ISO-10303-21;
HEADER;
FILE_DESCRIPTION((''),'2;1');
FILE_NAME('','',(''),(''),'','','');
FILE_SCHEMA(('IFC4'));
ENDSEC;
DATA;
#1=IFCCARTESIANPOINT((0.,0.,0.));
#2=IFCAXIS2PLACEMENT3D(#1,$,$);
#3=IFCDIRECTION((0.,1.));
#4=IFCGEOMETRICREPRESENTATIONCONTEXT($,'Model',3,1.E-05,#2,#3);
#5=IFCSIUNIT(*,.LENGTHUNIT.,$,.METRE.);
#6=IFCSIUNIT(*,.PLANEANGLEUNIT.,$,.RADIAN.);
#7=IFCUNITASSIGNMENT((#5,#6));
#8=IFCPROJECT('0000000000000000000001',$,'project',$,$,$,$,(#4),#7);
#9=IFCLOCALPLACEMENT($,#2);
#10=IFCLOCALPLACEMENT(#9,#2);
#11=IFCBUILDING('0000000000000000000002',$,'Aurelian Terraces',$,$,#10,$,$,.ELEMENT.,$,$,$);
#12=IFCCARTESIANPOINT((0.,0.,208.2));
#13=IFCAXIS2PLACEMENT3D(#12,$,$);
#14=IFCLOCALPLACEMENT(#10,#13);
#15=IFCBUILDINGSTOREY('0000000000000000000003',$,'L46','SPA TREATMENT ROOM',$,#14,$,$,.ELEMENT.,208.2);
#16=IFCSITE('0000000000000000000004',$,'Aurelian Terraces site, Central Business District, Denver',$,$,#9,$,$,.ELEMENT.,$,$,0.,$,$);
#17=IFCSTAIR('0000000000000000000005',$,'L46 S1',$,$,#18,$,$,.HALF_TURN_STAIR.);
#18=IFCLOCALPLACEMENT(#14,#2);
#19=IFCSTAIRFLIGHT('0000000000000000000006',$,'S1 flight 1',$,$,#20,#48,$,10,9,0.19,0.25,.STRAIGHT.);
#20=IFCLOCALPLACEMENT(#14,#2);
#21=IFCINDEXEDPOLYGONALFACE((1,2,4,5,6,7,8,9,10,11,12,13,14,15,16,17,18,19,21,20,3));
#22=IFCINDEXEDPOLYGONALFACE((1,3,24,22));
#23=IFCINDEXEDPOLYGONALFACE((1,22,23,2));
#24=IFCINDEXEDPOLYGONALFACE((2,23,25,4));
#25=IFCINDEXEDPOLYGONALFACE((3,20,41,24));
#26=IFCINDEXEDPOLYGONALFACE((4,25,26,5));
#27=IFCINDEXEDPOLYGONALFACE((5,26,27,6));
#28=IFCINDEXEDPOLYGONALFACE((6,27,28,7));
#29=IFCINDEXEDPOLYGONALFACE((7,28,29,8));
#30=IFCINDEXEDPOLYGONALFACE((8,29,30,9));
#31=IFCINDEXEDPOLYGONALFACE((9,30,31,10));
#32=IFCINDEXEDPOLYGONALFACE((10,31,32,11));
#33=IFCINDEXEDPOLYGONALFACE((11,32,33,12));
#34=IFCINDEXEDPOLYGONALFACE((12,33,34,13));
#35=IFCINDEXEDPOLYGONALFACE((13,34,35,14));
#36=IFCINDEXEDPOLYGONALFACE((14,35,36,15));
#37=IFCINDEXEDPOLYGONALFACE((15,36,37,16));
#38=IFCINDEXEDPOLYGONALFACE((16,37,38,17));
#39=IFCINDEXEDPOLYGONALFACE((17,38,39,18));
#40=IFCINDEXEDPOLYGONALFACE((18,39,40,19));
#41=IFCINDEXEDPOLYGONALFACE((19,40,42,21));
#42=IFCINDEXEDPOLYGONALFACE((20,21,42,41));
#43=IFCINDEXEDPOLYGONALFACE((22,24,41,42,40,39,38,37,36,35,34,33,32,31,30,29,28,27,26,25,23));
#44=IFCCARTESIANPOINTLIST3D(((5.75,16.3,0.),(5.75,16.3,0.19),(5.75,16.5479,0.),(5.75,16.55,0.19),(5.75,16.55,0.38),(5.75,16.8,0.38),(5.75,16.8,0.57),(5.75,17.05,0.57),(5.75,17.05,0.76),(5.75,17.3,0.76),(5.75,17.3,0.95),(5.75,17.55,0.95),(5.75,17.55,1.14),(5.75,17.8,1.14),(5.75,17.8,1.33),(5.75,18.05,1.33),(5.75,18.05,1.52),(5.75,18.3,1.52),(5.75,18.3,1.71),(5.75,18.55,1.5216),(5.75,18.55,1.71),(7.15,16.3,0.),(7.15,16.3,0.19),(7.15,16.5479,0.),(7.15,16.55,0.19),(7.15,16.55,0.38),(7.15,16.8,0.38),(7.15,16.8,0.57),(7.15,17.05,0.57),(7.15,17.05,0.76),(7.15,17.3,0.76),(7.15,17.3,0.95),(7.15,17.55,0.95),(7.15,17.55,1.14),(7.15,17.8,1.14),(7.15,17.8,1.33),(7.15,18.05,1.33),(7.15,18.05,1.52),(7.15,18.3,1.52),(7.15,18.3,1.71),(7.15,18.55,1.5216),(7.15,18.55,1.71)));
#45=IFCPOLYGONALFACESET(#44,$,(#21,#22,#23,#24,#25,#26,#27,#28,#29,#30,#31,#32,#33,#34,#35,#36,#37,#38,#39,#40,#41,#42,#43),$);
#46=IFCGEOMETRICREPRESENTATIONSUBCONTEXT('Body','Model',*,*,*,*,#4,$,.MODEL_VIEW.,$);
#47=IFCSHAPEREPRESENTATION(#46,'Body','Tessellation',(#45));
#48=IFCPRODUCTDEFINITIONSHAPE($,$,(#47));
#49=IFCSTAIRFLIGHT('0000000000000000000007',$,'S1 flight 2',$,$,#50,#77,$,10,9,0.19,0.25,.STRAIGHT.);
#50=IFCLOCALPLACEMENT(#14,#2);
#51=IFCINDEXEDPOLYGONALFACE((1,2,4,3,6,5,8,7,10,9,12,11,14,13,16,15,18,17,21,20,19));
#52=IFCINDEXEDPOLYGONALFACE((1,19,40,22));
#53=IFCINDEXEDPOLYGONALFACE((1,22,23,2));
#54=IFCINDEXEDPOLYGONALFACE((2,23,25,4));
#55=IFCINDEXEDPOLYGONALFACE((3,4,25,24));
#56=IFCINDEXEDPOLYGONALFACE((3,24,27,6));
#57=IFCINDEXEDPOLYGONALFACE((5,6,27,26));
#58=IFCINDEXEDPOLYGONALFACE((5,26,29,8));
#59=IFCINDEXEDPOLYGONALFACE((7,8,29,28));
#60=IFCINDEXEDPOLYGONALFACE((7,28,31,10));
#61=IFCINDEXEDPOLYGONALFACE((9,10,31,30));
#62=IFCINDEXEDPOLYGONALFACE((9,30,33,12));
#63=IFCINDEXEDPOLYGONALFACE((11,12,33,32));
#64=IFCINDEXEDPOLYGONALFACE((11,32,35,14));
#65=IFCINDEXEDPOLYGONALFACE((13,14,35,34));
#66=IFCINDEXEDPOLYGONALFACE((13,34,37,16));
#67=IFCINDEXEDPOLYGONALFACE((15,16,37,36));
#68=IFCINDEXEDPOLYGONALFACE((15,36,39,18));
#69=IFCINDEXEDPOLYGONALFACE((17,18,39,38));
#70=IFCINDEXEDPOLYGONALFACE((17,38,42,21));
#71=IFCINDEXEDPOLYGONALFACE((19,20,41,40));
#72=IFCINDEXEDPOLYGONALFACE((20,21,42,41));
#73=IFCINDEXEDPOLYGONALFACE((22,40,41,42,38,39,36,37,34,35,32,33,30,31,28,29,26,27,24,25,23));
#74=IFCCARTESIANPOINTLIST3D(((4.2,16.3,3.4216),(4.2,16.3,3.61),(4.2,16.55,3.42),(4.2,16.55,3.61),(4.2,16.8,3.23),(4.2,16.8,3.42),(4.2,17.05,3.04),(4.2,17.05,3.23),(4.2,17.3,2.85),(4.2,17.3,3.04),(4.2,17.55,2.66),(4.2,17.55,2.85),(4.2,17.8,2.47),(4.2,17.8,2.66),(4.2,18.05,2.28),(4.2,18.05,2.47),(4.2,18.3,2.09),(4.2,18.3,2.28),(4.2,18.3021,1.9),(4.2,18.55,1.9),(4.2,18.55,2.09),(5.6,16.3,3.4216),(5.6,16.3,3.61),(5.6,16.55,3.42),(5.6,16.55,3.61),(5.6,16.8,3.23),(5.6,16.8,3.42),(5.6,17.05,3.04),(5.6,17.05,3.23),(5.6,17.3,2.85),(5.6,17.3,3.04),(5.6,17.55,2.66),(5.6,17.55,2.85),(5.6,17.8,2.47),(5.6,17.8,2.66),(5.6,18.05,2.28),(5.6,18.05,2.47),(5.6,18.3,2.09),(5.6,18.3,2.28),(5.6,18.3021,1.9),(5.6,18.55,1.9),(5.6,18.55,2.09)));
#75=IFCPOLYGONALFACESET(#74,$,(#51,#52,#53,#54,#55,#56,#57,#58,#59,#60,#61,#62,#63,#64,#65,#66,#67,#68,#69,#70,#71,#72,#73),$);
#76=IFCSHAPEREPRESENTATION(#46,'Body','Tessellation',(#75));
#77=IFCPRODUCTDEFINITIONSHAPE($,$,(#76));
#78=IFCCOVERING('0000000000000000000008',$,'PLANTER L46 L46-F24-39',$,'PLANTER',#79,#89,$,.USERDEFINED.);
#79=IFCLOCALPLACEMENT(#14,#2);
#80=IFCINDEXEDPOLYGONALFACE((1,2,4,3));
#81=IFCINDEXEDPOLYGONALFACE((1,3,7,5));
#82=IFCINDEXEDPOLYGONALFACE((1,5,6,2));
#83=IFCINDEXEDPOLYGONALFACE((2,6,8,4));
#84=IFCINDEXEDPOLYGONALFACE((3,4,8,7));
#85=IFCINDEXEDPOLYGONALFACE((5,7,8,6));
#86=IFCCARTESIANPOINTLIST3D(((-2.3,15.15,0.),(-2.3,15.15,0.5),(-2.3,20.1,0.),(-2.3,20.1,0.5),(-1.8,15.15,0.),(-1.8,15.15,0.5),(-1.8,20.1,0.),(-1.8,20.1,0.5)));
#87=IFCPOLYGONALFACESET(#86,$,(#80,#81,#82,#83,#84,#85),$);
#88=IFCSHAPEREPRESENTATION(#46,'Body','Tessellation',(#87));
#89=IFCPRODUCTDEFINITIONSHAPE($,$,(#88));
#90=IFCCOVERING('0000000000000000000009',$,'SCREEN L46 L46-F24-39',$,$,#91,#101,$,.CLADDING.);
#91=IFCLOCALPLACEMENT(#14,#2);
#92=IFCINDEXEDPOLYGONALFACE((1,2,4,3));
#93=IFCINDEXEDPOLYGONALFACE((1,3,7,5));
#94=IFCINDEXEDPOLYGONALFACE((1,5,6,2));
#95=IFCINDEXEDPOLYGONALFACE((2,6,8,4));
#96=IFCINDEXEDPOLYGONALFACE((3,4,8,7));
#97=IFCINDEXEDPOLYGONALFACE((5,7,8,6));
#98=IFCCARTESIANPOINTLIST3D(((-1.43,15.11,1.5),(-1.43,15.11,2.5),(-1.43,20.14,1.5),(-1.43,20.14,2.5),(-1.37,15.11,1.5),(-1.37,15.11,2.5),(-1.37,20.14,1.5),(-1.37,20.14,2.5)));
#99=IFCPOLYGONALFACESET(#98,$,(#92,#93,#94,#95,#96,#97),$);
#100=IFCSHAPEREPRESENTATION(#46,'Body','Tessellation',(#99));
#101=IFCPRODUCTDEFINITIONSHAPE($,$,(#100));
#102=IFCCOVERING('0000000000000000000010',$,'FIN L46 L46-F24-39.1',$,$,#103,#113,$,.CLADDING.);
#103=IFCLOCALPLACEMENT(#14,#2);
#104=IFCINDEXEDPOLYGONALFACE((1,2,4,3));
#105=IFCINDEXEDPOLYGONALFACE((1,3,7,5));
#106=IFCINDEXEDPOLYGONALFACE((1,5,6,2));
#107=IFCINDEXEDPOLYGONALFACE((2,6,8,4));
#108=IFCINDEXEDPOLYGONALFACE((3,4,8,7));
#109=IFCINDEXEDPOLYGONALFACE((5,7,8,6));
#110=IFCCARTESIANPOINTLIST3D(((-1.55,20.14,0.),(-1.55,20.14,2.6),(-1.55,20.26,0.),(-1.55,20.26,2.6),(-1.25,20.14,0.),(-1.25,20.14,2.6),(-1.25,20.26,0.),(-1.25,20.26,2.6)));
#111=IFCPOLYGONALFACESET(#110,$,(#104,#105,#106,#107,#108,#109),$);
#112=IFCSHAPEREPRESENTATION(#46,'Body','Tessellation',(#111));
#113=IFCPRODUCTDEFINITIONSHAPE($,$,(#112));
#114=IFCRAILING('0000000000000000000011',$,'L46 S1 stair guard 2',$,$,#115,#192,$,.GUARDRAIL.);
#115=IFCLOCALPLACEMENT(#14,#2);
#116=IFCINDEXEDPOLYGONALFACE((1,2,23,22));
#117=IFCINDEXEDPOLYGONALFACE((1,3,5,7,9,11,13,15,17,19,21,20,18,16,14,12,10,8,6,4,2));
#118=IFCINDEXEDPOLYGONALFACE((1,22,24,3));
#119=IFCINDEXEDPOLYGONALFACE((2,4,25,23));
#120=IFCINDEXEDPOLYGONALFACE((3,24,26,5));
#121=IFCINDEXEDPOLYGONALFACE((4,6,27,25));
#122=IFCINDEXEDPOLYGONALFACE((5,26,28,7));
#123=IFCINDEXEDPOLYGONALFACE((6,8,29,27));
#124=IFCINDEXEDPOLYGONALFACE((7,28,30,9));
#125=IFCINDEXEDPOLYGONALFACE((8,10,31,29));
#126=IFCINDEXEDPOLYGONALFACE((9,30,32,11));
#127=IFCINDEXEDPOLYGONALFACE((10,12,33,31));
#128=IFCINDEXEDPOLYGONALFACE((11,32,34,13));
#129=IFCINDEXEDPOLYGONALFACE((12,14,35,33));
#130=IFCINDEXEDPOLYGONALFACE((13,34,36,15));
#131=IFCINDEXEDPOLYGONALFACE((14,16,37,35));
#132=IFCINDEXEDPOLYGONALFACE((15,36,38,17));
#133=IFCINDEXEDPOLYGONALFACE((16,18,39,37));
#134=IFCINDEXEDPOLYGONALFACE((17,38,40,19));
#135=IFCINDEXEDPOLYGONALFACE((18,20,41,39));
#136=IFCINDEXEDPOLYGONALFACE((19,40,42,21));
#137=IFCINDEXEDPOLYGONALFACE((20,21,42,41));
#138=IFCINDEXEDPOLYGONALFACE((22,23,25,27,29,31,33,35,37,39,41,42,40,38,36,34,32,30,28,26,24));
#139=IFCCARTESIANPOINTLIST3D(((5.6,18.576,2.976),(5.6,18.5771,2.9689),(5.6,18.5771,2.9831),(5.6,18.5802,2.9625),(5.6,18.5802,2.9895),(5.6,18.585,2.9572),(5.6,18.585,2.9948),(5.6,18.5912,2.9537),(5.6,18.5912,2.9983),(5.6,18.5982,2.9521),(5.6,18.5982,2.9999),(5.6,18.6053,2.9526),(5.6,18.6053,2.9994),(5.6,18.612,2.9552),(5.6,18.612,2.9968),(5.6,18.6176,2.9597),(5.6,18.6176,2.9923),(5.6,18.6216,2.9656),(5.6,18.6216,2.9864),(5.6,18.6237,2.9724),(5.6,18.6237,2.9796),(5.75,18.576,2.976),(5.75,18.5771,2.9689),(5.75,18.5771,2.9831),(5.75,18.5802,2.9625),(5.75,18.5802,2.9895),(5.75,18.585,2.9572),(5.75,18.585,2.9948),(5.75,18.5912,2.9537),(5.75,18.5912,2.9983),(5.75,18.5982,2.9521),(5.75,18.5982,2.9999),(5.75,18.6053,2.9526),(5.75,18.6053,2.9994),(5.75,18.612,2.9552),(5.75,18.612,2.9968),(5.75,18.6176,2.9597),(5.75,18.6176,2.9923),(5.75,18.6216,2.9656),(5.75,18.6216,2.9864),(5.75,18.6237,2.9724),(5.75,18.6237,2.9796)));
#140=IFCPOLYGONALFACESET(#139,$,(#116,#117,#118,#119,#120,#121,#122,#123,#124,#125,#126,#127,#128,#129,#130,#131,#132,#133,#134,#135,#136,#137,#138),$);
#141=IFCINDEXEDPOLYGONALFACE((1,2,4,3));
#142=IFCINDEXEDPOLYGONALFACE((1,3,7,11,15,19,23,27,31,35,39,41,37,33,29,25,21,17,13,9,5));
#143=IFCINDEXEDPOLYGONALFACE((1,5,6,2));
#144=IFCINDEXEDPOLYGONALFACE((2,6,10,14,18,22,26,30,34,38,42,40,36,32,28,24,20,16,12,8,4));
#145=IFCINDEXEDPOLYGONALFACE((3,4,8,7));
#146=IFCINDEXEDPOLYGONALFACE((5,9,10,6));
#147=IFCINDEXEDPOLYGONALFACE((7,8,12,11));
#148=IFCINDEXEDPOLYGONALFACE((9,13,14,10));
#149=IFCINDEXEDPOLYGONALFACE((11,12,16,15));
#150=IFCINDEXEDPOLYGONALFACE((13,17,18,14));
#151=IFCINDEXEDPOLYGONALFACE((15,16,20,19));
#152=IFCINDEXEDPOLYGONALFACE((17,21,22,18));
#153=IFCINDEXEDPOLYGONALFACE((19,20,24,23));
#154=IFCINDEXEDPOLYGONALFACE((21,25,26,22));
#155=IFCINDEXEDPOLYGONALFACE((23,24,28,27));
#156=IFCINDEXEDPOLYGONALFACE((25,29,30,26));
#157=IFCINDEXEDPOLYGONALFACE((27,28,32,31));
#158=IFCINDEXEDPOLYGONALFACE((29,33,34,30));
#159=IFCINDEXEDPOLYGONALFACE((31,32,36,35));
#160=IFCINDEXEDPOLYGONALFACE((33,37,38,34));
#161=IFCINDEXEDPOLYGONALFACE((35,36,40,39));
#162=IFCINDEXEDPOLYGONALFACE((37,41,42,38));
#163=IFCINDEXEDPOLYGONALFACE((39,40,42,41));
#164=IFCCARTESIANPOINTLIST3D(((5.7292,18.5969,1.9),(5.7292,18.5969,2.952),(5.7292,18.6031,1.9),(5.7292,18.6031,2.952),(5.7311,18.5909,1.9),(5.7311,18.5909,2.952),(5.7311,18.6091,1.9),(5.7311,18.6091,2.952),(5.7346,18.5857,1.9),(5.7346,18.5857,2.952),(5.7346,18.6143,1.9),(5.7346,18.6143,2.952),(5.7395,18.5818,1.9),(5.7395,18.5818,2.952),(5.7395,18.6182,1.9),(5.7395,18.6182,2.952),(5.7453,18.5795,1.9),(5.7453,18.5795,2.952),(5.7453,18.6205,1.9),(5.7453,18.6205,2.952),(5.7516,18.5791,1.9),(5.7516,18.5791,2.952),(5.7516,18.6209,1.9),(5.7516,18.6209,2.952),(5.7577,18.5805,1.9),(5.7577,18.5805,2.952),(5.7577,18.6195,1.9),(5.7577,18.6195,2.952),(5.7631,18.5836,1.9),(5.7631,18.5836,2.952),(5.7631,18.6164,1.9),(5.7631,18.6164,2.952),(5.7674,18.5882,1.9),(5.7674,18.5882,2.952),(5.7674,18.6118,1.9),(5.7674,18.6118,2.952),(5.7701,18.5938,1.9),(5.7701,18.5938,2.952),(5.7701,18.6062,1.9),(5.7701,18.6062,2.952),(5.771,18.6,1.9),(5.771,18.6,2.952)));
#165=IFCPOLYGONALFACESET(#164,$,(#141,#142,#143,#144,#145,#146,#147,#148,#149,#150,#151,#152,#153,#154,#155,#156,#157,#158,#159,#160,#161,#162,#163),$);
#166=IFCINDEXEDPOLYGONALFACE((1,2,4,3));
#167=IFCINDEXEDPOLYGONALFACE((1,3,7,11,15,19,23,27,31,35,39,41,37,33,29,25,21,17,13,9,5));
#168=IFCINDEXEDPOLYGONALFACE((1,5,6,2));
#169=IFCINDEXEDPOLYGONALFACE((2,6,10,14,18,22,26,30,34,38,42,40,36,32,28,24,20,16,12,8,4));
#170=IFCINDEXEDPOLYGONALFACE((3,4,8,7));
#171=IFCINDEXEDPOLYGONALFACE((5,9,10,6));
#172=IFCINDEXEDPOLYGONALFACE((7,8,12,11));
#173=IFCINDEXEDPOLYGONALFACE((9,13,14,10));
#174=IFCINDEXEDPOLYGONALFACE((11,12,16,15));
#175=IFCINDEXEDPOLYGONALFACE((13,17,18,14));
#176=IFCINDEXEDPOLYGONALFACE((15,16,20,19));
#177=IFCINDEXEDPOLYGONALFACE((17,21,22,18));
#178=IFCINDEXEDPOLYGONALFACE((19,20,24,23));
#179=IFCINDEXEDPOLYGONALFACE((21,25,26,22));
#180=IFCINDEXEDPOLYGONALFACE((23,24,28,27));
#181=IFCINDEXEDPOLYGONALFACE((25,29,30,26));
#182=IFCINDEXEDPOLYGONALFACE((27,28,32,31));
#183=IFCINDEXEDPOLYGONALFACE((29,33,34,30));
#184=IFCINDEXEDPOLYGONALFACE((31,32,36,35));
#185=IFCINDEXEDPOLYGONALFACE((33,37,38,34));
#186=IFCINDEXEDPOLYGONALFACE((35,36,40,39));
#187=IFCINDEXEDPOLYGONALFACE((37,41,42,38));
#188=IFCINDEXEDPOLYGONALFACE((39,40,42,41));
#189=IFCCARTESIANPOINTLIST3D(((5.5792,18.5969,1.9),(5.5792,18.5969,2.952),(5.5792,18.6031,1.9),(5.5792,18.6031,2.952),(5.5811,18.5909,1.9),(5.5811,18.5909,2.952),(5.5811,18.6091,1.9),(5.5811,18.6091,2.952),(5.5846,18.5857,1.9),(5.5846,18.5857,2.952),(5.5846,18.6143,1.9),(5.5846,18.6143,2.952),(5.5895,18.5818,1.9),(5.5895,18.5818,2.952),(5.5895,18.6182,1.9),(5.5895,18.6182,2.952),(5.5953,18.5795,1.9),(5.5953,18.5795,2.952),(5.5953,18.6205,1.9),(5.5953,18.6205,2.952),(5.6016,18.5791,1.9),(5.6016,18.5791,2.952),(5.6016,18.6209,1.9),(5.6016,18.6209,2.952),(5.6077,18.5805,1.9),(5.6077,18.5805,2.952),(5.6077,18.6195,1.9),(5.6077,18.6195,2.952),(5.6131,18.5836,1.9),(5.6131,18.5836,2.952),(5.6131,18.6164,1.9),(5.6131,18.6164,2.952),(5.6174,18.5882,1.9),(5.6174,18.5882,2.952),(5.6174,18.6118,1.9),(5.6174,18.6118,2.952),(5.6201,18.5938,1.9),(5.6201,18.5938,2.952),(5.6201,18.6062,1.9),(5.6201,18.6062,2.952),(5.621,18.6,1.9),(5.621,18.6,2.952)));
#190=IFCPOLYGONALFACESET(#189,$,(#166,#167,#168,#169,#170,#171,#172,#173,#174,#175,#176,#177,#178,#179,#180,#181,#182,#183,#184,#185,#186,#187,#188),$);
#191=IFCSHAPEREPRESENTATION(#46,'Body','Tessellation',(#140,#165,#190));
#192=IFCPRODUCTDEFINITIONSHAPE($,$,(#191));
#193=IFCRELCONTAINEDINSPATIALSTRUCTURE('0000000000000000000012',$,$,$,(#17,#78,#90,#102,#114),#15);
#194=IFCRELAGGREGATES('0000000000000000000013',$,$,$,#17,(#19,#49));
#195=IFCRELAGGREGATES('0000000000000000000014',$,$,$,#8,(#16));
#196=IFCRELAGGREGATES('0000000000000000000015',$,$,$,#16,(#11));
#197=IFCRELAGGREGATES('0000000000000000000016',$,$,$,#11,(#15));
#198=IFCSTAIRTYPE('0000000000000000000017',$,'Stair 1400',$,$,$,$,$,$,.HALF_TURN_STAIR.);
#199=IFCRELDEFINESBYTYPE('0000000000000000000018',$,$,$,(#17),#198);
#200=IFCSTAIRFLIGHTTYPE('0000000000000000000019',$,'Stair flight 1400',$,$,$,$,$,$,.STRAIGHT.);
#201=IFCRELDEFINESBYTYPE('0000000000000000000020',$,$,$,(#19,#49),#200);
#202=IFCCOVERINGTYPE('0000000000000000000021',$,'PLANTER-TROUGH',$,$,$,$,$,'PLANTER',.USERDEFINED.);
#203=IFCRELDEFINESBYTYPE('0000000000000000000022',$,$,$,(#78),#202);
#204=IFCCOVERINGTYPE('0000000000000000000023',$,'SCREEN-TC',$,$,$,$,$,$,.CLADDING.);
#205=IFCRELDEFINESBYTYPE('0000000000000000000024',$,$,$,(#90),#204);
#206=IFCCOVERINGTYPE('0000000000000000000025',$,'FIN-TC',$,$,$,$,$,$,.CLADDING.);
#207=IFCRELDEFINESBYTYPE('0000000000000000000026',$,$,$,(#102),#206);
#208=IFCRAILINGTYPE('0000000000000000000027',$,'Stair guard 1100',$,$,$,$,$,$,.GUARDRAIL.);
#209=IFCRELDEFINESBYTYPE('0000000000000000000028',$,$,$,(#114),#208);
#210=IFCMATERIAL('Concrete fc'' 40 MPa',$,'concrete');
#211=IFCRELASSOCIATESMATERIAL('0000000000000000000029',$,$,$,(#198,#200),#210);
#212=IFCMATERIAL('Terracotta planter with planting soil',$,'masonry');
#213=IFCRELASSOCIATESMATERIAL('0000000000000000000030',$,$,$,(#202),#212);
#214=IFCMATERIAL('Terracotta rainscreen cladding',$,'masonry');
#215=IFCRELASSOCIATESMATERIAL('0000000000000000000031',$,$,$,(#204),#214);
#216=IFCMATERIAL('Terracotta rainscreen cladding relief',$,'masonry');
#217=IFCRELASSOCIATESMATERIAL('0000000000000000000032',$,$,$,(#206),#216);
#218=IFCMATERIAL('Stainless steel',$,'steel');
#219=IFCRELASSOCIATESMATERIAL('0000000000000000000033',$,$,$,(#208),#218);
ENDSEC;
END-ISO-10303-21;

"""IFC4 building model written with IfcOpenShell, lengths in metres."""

from ifc_helpers import new_model, si_unit, direction, frame, origin, origin_2d, place, context, subcontext, project, spatial, polyline, rectangle, circle, outline, extrude, source, transform, mapped, material, type_object, element, aggregate, save


model = new_model("IFC4")

# Units and contexts
model_context = context("Model", 3, precision=1e-05, world=origin(), true_north=direction((0.0, 1.0)))
body_context = subcontext(model_context, "Body", "Model", "MODEL_VIEW")
ifc_project = project(units=[si_unit("LENGTHUNIT", "METRE"), si_unit("PLANEANGLEUNIT", "RADIAN")], contexts=[model_context])

# Site, building, storey
site_placement = place(None, origin())
site = spatial("IfcSite", under=ifc_project, at=site_placement, Name="Aurelian Terraces site, Central Business District, Denver", CompositionType="ELEMENT", RefElevation=0.0)
building_placement = place(site_placement, origin())
building = spatial("IfcBuilding", under=site, at=building_placement, Name="Aurelian Terraces", CompositionType="ELEMENT")
storey_placement = place(building_placement, frame((0.0, 0.0, 208.2)))
storey = spatial("IfcBuildingStorey", under=building, at=storey_placement, Name="L46", Description="SPA TREATMENT ROOM", CompositionType="ELEMENT", Elevation=208.2)

# Shared definitions
ifc_material_1 = material(Name="Terracotta rainscreen cladding", Category="masonry")

# Stair, stair flights
ifc_material_2 = material(Name="Concrete fc' 40 MPa", Category="concrete")
stair_type = type_object("IfcStairType", Name="Stair 1400", PredefinedType="HALF_TURN_STAIR", material=ifc_material_2)
stair_placement = place(storey_placement, origin())
stair = element("IfcStair", 1, at=stair_placement, inside=storey, type_object=stair_type, Name="L46 S1", PredefinedType="HALF_TURN_STAIR")
stair_flight_type = type_object("IfcStairFlightType", Name="Stair flight 1400", PredefinedType="STRAIGHT", material=ifc_material_2)
shared_shape_1 = source(origin(), body_context, "Body", "SweptSolid", [
    extrude(outline(polyline([(0.0, 0.0), (0.0, 0.19), (0.25, 0.19), (0.25, 0.38), (0.5, 0.38), (0.5, 0.57), (0.75, 0.57), (0.75, 0.76), (1.0, 0.76), (1.0, 0.95), (1.25, 0.95), (1.25, 1.14), (1.5, 1.14), (1.5, 1.33), (1.75, 1.33), (1.75, 1.52), (2.0, 1.52), (2.0, 1.71), (2.25, 1.71), (2.25, 1.9), (2.25, 1.5216), (0.2479, 0.0), (0.0, 0.0)])), frame((0.0, 0.7, 0.0), z_axis=(0.0, -1.0, 0.0), x_axis=(1.0, 0.0, 0.0)), (0.0, 0.0, 1.0), 1.4),
])
stair_flight_1_placement = place(storey_placement, frame((6.45, 16.3, 0.0), z_axis=(0.0, 0.0, 1.0), x_axis=(0.0, 1.0, 0.0)))
stair_flight_1 = element("IfcStairFlight", 2, at=stair_flight_1_placement, type_object=stair_flight_type, Name="S1 flight 1", NumberOfRisers=10, NumberOfTreads=9, PredefinedType="STRAIGHT", RiserHeight=0.19, TreadLength=0.25, context=body_context, shape_type="MappedRepresentation", body=[
    mapped(shared_shape_1, transform((0.0, 0.0, 0.0), scale=1.0)),
])
stair_flight_2_placement = place(storey_placement, frame((4.9, 18.55, 1.9), z_axis=(0.0, 0.0, 1.0), x_axis=(0.0, -1.0, 0.0)))
stair_flight_2 = element("IfcStairFlight", 3, at=stair_flight_2_placement, type_object=stair_flight_type, Name="S1 flight 2", NumberOfRisers=10, NumberOfTreads=9, PredefinedType="STRAIGHT", RiserHeight=0.19, TreadLength=0.25, context=body_context, shape_type="MappedRepresentation", body=[
    mapped(shared_shape_1, transform((0.0, 0.0, 0.0), scale=1.0)),
])
aggregate(stair, [stair_flight_1, stair_flight_2])

# Coverings
ifc_material_3 = material(Name="Terracotta planter with planting soil", Category="masonry")
covering_type_1 = type_object("IfcCoveringType", Name="PLANTER-TROUGH", ElementType="PLANTER", PredefinedType="USERDEFINED", material=ifc_material_3)
covering_1_placement = place(storey_placement, frame((-2.05, 17.625, 0.0), z_axis=(0.0, 0.0, 1.0), x_axis=(1.0, 0.0, 0.0)))
element("IfcCovering", 4, at=covering_1_placement, inside=storey, type_object=covering_type_1, Name="PLANTER L46 L46-F24-39", ObjectType="PLANTER", PredefinedType="USERDEFINED", context=body_context, shape_type="SweptSolid", body=[
    extrude(rectangle(XDim=0.5, YDim=4.95, at=origin_2d()), origin(), (0.0, 0.0, 1.0), 0.5),
])
covering_type_2 = type_object("IfcCoveringType", Name="SCREEN-TC", PredefinedType="CLADDING", material=ifc_material_1)
covering_2_placement = place(storey_placement, frame((-1.4, 17.625, 1.5), z_axis=(0.0, 0.0, 1.0), x_axis=(1.0, 0.0, 0.0)))
element("IfcCovering", 5, at=covering_2_placement, inside=storey, type_object=covering_type_2, Name="SCREEN L46 L46-F24-39", PredefinedType="CLADDING", context=body_context, shape_type="SweptSolid", body=[
    extrude(rectangle(XDim=0.06, YDim=5.03, at=origin_2d()), origin(), (0.0, 0.0, 1.0), 1.0),
])
ifc_material_4 = material(Name="Terracotta rainscreen cladding relief", Category="masonry")
covering_type_3 = type_object("IfcCoveringType", Name="FIN-TC", PredefinedType="CLADDING", material=ifc_material_4)
shared_shape_2 = source(origin(), body_context, "Body", "SweptSolid", [
    extrude(rectangle(XDim=0.3, YDim=0.12, at=origin_2d()), origin(), (0.0, 0.0, 1.0), 2.6),
])
covering_3_placement = place(storey_placement, frame((-1.4, 20.2, 0.0), z_axis=(0.0, 0.0, 1.0), x_axis=(1.0, 0.0, 0.0)))
element("IfcCovering", 6, at=covering_3_placement, inside=storey, type_object=covering_type_3, Name="FIN L46 L46-F24-39.1", PredefinedType="CLADDING", context=body_context, shape_type="MappedRepresentation", body=[
    mapped(shared_shape_2, transform((0.0, 0.0, 0.0), scale=1.0)),
])

# Railing
ifc_material_5 = material(Name="Stainless steel", Category="steel")
railing_type_1 = type_object("IfcRailingType", Name="Stair guard 1100", PredefinedType="GUARDRAIL", material=ifc_material_5)
shared_shape_3 = source(origin(), body_context, "Body", "SweptSolid", [
    extrude(circle(Radius=0.024, at=origin_2d()), frame((0.0, 0.0, 1.076), z_axis=(-1.0, 0.0, 0.0), x_axis=(0.0, -1.0, 0.0)), (0.0, 0.0, 1.0), 0.15),
    extrude(circle(Radius=0.021, at=origin_2d()), origin(), (0.0, 0.0, 1.0), 1.052),
    extrude(circle(Radius=0.021, at=origin_2d()), frame((-0.15, 0.0, 0.0)), (0.0, 0.0, 1.0), 1.052),
])
for number, where, name in (
    (7, (5.75, 18.6, 1.9), "L46 S1 stair guard 2"),
):
    element("IfcRailing", number, at=place(storey_placement, frame(where)), inside=storey, type_object=railing_type_1, Name=name, PredefinedType="GUARDRAIL", context=body_context, shape_type="MappedRepresentation", body=[
        mapped(shared_shape_3, transform((0.0, 0.0, 0.0), scale=1.0)),
    ])

save(model, "model.ifc")
